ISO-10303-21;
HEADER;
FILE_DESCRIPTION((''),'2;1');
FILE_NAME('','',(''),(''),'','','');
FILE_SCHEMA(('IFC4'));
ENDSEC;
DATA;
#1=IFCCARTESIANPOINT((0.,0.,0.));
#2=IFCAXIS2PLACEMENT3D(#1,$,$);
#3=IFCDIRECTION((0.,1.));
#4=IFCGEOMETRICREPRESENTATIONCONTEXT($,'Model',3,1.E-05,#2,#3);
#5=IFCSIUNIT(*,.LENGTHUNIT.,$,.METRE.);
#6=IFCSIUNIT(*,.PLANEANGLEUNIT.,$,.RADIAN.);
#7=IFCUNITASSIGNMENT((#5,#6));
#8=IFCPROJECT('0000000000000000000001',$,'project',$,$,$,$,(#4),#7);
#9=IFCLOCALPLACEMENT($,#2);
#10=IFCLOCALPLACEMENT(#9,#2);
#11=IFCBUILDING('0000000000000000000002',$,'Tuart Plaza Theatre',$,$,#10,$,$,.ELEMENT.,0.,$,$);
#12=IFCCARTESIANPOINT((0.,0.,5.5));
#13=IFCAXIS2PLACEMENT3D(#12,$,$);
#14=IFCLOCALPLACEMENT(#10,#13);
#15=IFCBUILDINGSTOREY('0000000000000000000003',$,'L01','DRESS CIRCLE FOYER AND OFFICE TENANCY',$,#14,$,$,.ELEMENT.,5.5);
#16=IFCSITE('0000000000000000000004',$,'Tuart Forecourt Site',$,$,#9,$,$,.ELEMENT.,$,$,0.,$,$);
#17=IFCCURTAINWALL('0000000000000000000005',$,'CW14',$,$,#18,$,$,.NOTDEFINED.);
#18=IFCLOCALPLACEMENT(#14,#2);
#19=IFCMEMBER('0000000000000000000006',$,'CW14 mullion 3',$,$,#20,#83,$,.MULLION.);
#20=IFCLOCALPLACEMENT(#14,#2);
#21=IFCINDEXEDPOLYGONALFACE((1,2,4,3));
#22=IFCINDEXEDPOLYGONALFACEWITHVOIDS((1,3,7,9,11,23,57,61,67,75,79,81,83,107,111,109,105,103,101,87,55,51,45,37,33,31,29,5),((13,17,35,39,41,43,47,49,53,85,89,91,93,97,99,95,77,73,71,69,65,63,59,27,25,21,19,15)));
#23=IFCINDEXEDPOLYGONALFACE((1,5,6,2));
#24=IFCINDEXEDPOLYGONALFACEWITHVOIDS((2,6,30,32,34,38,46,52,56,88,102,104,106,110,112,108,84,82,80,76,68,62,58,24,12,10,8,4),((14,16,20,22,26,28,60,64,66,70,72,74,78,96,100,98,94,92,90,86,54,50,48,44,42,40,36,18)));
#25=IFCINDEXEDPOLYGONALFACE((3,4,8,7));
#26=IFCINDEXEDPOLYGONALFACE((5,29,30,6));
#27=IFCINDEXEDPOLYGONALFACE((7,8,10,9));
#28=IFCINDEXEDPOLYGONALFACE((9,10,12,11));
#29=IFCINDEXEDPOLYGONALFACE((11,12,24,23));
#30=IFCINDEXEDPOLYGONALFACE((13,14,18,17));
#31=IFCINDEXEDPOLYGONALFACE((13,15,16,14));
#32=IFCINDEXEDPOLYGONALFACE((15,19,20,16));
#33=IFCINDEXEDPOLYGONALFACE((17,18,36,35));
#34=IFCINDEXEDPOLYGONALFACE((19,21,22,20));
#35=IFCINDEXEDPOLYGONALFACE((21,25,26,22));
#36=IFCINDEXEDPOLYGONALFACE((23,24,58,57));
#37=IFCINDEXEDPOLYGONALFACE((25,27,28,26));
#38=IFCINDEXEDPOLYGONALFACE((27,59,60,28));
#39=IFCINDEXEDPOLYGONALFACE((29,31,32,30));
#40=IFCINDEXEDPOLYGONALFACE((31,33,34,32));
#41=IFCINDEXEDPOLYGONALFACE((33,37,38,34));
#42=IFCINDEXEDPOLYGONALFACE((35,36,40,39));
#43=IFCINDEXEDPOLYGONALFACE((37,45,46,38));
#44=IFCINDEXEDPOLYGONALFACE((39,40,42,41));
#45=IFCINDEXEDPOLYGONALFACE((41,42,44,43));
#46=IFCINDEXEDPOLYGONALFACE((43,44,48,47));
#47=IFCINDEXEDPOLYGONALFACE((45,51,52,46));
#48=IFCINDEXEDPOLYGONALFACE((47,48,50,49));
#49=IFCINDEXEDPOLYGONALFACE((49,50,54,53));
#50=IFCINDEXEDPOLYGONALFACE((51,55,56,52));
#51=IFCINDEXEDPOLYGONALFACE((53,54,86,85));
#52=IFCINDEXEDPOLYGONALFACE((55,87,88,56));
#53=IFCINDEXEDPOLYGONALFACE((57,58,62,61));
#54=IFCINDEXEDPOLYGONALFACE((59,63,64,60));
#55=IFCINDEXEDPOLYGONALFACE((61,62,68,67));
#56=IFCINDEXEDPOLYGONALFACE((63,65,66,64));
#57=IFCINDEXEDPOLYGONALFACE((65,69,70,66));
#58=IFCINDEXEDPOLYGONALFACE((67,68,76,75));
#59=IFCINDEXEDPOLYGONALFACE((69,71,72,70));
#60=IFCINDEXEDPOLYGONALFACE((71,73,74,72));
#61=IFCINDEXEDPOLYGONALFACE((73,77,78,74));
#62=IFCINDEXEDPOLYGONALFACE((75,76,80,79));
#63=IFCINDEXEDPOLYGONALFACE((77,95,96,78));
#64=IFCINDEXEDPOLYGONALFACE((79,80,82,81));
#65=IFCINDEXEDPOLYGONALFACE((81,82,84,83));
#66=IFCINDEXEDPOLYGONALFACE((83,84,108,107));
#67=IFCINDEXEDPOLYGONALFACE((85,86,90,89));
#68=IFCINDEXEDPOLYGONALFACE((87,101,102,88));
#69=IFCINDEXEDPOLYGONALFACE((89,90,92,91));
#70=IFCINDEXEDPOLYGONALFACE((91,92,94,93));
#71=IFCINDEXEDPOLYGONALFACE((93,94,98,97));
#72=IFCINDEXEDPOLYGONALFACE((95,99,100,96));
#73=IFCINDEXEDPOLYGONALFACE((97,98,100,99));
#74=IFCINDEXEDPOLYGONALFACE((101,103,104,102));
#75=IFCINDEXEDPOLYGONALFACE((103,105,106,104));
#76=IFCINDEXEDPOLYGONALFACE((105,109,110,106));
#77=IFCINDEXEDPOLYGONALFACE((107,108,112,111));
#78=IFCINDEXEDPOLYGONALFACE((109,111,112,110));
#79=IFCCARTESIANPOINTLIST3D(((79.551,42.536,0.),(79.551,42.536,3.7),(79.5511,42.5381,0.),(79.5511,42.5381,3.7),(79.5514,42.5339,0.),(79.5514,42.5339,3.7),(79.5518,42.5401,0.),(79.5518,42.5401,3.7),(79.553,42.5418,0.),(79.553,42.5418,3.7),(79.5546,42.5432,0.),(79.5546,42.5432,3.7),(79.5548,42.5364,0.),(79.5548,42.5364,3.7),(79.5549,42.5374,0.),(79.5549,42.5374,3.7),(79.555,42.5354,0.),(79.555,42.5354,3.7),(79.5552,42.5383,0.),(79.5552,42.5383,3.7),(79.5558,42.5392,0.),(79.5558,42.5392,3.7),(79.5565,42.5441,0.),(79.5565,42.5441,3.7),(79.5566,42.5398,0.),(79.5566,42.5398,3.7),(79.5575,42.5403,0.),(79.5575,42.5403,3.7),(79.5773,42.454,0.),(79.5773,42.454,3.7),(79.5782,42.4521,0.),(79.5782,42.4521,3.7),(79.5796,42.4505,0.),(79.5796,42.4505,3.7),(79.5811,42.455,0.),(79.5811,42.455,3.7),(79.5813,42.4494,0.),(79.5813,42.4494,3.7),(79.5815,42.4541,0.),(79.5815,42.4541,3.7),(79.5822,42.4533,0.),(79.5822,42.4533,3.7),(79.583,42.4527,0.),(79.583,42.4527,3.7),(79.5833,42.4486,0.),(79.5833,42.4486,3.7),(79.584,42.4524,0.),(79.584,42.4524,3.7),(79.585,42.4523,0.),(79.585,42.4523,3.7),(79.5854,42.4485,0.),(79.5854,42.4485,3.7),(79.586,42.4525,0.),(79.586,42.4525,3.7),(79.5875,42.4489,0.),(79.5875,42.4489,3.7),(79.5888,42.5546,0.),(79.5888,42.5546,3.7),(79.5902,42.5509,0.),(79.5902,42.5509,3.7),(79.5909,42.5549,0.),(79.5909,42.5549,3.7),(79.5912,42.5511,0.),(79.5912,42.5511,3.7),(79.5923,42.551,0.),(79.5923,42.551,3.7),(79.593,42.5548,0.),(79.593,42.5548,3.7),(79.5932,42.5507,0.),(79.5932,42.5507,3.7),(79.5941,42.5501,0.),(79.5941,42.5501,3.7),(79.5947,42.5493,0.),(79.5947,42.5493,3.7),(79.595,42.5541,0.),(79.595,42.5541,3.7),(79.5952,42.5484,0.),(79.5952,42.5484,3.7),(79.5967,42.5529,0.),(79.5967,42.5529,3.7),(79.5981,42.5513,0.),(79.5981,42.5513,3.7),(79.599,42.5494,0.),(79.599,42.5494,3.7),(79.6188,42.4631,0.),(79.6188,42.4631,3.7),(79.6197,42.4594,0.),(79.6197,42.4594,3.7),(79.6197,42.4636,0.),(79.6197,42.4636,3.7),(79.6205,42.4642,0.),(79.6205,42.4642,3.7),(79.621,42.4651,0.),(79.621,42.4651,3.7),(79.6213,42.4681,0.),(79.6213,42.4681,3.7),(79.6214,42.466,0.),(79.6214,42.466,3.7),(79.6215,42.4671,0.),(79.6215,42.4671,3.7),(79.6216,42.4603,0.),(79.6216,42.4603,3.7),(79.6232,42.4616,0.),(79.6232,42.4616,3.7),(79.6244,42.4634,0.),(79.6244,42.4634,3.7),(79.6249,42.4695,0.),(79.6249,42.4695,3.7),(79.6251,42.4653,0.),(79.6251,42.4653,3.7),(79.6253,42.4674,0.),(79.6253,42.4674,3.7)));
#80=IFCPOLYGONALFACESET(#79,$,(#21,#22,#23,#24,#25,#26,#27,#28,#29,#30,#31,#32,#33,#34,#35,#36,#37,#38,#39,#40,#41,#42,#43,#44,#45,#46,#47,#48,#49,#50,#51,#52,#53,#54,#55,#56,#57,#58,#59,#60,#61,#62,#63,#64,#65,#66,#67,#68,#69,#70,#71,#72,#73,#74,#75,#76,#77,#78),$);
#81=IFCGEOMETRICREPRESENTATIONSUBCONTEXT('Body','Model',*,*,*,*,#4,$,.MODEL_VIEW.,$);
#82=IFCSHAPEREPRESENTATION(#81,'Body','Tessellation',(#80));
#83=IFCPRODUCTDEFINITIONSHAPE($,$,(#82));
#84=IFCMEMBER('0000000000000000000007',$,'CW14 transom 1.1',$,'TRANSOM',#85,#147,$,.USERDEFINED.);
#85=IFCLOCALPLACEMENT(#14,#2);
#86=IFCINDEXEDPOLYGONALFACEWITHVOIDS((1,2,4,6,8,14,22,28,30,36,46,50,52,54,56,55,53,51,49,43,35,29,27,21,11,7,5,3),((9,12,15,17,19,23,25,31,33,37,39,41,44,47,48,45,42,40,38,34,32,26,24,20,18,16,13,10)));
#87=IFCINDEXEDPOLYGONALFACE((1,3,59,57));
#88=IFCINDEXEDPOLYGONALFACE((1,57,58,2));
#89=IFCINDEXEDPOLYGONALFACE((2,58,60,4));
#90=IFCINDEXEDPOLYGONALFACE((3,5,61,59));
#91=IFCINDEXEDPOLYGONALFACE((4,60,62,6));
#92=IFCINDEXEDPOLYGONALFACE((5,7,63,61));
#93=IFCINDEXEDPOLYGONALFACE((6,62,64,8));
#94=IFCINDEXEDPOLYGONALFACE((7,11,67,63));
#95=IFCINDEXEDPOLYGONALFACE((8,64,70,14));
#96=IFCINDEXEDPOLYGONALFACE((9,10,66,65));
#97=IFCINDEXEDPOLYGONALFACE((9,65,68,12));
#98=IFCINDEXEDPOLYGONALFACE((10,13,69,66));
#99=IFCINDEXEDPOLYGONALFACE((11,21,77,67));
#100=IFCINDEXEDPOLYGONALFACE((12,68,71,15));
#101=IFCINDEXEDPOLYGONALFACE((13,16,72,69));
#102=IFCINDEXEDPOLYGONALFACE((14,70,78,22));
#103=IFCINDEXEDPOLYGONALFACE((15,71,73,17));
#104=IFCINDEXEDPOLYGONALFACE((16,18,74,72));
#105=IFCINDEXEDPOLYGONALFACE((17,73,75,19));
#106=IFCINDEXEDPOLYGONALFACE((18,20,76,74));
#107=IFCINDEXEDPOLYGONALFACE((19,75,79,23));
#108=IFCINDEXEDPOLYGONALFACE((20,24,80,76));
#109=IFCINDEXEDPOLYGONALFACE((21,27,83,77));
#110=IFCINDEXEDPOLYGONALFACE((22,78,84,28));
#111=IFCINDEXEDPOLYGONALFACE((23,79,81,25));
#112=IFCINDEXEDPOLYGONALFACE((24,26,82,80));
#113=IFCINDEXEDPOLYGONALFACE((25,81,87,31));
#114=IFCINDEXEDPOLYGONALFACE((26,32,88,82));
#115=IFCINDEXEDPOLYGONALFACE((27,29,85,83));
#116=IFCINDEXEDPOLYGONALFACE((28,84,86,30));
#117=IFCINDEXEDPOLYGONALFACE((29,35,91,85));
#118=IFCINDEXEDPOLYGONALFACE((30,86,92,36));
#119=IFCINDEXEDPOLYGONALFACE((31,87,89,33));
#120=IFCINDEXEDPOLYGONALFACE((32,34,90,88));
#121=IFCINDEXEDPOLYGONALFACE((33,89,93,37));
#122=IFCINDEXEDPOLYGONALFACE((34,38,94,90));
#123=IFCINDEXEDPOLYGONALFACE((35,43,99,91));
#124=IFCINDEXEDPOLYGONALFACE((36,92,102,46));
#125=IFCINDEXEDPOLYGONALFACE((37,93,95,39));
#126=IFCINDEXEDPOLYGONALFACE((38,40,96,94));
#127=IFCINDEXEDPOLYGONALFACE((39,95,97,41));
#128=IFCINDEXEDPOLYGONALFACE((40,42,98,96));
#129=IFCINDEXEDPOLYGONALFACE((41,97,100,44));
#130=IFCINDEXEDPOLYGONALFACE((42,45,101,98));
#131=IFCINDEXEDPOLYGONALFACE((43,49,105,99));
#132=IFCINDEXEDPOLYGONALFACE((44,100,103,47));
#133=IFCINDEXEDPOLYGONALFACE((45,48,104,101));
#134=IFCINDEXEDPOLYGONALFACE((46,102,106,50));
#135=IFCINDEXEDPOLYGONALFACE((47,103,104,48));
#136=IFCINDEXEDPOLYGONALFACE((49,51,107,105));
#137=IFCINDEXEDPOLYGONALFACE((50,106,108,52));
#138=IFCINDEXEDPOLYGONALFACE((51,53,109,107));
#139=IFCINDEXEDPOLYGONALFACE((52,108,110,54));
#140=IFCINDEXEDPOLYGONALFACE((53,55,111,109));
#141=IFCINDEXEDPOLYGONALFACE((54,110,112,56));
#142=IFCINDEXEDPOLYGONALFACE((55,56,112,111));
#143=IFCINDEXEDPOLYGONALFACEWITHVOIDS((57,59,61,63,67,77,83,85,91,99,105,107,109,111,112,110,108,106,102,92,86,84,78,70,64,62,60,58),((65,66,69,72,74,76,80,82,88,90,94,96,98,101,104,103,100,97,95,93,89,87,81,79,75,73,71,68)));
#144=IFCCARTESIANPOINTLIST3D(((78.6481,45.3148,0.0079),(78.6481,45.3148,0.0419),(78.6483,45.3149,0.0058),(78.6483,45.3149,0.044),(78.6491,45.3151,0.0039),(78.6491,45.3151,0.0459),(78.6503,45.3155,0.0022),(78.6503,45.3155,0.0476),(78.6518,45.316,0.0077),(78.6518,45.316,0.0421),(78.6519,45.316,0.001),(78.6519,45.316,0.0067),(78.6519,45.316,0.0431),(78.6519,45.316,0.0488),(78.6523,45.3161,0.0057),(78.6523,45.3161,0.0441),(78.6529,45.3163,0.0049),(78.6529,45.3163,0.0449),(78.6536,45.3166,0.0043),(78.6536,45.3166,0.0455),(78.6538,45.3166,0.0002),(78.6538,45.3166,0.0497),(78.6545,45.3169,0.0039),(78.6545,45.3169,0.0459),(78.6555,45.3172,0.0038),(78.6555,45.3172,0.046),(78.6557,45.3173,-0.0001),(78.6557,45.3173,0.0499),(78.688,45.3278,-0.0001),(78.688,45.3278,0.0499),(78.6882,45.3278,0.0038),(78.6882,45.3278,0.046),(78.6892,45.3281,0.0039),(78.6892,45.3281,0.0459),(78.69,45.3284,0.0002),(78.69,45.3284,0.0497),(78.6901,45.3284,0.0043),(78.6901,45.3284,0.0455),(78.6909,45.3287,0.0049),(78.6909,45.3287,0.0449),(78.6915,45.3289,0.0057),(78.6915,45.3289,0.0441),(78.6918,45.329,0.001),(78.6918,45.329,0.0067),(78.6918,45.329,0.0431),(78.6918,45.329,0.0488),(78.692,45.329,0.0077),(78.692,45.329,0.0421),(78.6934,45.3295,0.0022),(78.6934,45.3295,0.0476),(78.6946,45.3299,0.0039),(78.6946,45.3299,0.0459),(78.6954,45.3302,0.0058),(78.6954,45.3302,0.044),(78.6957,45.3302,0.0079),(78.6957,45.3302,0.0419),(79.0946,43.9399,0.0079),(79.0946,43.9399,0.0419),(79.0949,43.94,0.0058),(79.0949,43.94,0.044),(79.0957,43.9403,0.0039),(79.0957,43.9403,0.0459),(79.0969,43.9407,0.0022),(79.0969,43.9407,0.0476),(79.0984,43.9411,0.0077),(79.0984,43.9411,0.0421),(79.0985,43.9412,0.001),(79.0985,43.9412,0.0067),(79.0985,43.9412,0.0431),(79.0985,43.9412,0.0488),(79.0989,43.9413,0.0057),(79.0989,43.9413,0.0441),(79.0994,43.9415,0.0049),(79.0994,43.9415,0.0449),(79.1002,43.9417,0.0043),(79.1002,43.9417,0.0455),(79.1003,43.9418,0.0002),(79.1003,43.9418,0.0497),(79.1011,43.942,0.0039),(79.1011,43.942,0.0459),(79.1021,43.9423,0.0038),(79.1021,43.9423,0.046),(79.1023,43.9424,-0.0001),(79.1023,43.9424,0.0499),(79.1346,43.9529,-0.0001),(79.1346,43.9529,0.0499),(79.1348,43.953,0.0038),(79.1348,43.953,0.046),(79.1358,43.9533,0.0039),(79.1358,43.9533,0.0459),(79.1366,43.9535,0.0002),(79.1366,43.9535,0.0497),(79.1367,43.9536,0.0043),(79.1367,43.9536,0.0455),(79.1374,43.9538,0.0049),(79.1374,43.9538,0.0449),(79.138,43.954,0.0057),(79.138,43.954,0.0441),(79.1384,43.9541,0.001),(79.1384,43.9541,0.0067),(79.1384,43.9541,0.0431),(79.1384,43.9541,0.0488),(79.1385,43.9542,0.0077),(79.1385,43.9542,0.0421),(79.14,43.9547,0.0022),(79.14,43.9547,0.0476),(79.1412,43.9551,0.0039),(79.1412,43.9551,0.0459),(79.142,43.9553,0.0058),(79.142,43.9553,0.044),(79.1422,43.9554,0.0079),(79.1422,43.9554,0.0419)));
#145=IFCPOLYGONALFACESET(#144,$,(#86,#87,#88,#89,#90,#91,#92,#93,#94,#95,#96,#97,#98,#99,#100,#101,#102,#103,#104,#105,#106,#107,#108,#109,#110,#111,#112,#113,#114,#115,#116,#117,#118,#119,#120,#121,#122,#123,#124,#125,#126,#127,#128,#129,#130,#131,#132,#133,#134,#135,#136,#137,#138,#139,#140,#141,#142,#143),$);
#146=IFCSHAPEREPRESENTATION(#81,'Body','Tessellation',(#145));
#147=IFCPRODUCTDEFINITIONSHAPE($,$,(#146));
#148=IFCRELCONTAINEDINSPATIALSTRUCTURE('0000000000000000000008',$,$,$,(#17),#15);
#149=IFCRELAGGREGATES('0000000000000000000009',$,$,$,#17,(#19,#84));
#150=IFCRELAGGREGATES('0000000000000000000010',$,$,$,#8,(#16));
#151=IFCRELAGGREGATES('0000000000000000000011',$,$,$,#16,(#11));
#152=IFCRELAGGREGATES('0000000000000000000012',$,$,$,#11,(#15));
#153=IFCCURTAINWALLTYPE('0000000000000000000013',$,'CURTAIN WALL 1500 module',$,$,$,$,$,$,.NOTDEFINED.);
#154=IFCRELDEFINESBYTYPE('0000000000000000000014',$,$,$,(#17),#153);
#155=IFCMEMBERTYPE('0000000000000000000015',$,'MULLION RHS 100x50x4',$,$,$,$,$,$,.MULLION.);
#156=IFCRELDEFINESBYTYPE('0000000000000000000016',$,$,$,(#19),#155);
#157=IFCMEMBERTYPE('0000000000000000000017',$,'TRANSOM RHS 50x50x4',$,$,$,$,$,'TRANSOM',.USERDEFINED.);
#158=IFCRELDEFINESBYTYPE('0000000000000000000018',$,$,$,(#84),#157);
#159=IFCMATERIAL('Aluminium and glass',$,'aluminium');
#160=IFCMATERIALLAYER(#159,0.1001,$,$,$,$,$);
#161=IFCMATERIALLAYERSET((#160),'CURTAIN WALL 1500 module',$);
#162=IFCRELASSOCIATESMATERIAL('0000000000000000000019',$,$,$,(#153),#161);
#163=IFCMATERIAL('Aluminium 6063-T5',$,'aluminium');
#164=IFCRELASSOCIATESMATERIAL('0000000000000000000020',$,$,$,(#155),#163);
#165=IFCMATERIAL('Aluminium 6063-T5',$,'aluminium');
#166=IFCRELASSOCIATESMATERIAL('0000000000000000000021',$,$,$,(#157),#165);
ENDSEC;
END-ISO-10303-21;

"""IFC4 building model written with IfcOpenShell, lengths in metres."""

from ifc_helpers import new_model, si_unit, direction, frame, origin, origin_2d, place, context, subcontext, project, spatial, hollow_rectangle, extrude, material, layer, layer_set, material_profile, profile_set, type_object, element, aggregate, save


model = new_model("IFC4")

# Units and contexts
model_context = context("Model", 3, precision=1e-05, world=origin(), true_north=direction((0.0, 1.0)))
body_context = subcontext(model_context, "Body", "Model", "MODEL_VIEW")
ifc_project = project(units=[si_unit("LENGTHUNIT", "METRE"), si_unit("PLANEANGLEUNIT", "RADIAN")], contexts=[model_context])

# Site, building, storey
site_placement = place(None, origin())
site = spatial("IfcSite", under=ifc_project, at=site_placement, Name="Tuart Forecourt Site", CompositionType="ELEMENT", RefElevation=0.0)
building_placement = place(site_placement, origin())
building = spatial("IfcBuilding", under=site, at=building_placement, Name="Tuart Plaza Theatre", CompositionType="ELEMENT", ElevationOfRefHeight=0.0)
storey_placement = place(building_placement, frame((0.0, 0.0, 5.5)))
storey = spatial("IfcBuildingStorey", under=building, at=storey_placement, Name="L01", Description="DRESS CIRCLE FOYER AND OFFICE TENANCY", CompositionType="ELEMENT", Elevation=5.5)

# Curtain wall, members
ifc_material_1 = material(Name="Aluminium and glass", Category="aluminium")
ifc_layer_1 = layer(ifc_material_1, 0.1001)
ifc_layer_set_1 = layer_set([ifc_layer_1], Name="CURTAIN WALL 1500 module")
curtain_wall_type = type_object("IfcCurtainWallType", Name="CURTAIN WALL 1500 module", PredefinedType="NOTDEFINED", material=ifc_layer_set_1)
curtain_wall_placement = place(storey_placement, origin())
curtain_wall = element("IfcCurtainWall", 1, at=curtain_wall_placement, inside=storey, type_object=curtain_wall_type, Name="CW14", PredefinedType="NOTDEFINED")
ifc_material_2 = material(Name="Aluminium 6063-T5", Category="aluminium")
ifc_material_profile_1 = material_profile(ifc_material_2, hollow_rectangle(XDim=0.05, YDim=0.1001, WallThickness=0.0039, InnerFilletRadius=0.0039, OuterFilletRadius=0.0081, at=origin_2d()), Name="RHS 100x50x4")
ifc_profile_set_1 = profile_set([ifc_material_profile_1], Name="Aluminium 6063-T5")
member_type_1 = type_object("IfcMemberType", Name="MULLION RHS 100x50x4", PredefinedType="MULLION", material=ifc_profile_set_1)
member_1_placement = place(storey_placement, frame((79.5881, 42.5017, 0.0), z_axis=(0.0, 0.0, 1.0), x_axis=(0.951056, 0.309018, 0.0)))
member_1 = element("IfcMember", 2, at=member_1_placement, type_object=member_type_1, Name="CW14 mullion 3", PredefinedType="MULLION", context=body_context, shape_type="SweptSolid", body=[
    extrude(hollow_rectangle(XDim=0.05, YDim=0.1001, WallThickness=0.0039, InnerFilletRadius=0.0039, OuterFilletRadius=0.0081, at=origin_2d()), origin(), (0.0, 0.0, 1.0), 3.7),
])
ifc_material_3 = material(Name="Aluminium 6063-T5", Category="aluminium")
ifc_material_profile_2 = material_profile(ifc_material_3, hollow_rectangle(XDim=0.05, YDim=0.05, WallThickness=0.0039, InnerFilletRadius=0.0039, OuterFilletRadius=0.0081, at=origin_2d()), Name="RHS 50x50x4")
ifc_profile_set_2 = profile_set([ifc_material_profile_2], Name="Aluminium 6063-T5")
member_type_2 = type_object("IfcMemberType", Name="TRANSOM RHS 50x50x4", ElementType="TRANSOM", PredefinedType="USERDEFINED", material=ifc_profile_set_2)
member_2_placement = place(storey_placement, frame((78.6719, 45.3225, 0.0249), z_axis=(0.308922, -0.951087, 0.0), x_axis=(0.951087, 0.308922, 0.0)))
member_2 = element("IfcMember", 3, at=member_2_placement, type_object=member_type_2, Name="CW14 transom 1.1", ObjectType="TRANSOM", PredefinedType="USERDEFINED", context=body_context, shape_type="SweptSolid", body=[
    extrude(hollow_rectangle(XDim=0.05, YDim=0.05, WallThickness=0.0039, InnerFilletRadius=0.0039, OuterFilletRadius=0.0081, at=origin_2d()), origin(), (0.0, 0.0, 1.0), 1.4456),
])
aggregate(curtain_wall, [member_1, member_2])

save(model, "model.ifc")
